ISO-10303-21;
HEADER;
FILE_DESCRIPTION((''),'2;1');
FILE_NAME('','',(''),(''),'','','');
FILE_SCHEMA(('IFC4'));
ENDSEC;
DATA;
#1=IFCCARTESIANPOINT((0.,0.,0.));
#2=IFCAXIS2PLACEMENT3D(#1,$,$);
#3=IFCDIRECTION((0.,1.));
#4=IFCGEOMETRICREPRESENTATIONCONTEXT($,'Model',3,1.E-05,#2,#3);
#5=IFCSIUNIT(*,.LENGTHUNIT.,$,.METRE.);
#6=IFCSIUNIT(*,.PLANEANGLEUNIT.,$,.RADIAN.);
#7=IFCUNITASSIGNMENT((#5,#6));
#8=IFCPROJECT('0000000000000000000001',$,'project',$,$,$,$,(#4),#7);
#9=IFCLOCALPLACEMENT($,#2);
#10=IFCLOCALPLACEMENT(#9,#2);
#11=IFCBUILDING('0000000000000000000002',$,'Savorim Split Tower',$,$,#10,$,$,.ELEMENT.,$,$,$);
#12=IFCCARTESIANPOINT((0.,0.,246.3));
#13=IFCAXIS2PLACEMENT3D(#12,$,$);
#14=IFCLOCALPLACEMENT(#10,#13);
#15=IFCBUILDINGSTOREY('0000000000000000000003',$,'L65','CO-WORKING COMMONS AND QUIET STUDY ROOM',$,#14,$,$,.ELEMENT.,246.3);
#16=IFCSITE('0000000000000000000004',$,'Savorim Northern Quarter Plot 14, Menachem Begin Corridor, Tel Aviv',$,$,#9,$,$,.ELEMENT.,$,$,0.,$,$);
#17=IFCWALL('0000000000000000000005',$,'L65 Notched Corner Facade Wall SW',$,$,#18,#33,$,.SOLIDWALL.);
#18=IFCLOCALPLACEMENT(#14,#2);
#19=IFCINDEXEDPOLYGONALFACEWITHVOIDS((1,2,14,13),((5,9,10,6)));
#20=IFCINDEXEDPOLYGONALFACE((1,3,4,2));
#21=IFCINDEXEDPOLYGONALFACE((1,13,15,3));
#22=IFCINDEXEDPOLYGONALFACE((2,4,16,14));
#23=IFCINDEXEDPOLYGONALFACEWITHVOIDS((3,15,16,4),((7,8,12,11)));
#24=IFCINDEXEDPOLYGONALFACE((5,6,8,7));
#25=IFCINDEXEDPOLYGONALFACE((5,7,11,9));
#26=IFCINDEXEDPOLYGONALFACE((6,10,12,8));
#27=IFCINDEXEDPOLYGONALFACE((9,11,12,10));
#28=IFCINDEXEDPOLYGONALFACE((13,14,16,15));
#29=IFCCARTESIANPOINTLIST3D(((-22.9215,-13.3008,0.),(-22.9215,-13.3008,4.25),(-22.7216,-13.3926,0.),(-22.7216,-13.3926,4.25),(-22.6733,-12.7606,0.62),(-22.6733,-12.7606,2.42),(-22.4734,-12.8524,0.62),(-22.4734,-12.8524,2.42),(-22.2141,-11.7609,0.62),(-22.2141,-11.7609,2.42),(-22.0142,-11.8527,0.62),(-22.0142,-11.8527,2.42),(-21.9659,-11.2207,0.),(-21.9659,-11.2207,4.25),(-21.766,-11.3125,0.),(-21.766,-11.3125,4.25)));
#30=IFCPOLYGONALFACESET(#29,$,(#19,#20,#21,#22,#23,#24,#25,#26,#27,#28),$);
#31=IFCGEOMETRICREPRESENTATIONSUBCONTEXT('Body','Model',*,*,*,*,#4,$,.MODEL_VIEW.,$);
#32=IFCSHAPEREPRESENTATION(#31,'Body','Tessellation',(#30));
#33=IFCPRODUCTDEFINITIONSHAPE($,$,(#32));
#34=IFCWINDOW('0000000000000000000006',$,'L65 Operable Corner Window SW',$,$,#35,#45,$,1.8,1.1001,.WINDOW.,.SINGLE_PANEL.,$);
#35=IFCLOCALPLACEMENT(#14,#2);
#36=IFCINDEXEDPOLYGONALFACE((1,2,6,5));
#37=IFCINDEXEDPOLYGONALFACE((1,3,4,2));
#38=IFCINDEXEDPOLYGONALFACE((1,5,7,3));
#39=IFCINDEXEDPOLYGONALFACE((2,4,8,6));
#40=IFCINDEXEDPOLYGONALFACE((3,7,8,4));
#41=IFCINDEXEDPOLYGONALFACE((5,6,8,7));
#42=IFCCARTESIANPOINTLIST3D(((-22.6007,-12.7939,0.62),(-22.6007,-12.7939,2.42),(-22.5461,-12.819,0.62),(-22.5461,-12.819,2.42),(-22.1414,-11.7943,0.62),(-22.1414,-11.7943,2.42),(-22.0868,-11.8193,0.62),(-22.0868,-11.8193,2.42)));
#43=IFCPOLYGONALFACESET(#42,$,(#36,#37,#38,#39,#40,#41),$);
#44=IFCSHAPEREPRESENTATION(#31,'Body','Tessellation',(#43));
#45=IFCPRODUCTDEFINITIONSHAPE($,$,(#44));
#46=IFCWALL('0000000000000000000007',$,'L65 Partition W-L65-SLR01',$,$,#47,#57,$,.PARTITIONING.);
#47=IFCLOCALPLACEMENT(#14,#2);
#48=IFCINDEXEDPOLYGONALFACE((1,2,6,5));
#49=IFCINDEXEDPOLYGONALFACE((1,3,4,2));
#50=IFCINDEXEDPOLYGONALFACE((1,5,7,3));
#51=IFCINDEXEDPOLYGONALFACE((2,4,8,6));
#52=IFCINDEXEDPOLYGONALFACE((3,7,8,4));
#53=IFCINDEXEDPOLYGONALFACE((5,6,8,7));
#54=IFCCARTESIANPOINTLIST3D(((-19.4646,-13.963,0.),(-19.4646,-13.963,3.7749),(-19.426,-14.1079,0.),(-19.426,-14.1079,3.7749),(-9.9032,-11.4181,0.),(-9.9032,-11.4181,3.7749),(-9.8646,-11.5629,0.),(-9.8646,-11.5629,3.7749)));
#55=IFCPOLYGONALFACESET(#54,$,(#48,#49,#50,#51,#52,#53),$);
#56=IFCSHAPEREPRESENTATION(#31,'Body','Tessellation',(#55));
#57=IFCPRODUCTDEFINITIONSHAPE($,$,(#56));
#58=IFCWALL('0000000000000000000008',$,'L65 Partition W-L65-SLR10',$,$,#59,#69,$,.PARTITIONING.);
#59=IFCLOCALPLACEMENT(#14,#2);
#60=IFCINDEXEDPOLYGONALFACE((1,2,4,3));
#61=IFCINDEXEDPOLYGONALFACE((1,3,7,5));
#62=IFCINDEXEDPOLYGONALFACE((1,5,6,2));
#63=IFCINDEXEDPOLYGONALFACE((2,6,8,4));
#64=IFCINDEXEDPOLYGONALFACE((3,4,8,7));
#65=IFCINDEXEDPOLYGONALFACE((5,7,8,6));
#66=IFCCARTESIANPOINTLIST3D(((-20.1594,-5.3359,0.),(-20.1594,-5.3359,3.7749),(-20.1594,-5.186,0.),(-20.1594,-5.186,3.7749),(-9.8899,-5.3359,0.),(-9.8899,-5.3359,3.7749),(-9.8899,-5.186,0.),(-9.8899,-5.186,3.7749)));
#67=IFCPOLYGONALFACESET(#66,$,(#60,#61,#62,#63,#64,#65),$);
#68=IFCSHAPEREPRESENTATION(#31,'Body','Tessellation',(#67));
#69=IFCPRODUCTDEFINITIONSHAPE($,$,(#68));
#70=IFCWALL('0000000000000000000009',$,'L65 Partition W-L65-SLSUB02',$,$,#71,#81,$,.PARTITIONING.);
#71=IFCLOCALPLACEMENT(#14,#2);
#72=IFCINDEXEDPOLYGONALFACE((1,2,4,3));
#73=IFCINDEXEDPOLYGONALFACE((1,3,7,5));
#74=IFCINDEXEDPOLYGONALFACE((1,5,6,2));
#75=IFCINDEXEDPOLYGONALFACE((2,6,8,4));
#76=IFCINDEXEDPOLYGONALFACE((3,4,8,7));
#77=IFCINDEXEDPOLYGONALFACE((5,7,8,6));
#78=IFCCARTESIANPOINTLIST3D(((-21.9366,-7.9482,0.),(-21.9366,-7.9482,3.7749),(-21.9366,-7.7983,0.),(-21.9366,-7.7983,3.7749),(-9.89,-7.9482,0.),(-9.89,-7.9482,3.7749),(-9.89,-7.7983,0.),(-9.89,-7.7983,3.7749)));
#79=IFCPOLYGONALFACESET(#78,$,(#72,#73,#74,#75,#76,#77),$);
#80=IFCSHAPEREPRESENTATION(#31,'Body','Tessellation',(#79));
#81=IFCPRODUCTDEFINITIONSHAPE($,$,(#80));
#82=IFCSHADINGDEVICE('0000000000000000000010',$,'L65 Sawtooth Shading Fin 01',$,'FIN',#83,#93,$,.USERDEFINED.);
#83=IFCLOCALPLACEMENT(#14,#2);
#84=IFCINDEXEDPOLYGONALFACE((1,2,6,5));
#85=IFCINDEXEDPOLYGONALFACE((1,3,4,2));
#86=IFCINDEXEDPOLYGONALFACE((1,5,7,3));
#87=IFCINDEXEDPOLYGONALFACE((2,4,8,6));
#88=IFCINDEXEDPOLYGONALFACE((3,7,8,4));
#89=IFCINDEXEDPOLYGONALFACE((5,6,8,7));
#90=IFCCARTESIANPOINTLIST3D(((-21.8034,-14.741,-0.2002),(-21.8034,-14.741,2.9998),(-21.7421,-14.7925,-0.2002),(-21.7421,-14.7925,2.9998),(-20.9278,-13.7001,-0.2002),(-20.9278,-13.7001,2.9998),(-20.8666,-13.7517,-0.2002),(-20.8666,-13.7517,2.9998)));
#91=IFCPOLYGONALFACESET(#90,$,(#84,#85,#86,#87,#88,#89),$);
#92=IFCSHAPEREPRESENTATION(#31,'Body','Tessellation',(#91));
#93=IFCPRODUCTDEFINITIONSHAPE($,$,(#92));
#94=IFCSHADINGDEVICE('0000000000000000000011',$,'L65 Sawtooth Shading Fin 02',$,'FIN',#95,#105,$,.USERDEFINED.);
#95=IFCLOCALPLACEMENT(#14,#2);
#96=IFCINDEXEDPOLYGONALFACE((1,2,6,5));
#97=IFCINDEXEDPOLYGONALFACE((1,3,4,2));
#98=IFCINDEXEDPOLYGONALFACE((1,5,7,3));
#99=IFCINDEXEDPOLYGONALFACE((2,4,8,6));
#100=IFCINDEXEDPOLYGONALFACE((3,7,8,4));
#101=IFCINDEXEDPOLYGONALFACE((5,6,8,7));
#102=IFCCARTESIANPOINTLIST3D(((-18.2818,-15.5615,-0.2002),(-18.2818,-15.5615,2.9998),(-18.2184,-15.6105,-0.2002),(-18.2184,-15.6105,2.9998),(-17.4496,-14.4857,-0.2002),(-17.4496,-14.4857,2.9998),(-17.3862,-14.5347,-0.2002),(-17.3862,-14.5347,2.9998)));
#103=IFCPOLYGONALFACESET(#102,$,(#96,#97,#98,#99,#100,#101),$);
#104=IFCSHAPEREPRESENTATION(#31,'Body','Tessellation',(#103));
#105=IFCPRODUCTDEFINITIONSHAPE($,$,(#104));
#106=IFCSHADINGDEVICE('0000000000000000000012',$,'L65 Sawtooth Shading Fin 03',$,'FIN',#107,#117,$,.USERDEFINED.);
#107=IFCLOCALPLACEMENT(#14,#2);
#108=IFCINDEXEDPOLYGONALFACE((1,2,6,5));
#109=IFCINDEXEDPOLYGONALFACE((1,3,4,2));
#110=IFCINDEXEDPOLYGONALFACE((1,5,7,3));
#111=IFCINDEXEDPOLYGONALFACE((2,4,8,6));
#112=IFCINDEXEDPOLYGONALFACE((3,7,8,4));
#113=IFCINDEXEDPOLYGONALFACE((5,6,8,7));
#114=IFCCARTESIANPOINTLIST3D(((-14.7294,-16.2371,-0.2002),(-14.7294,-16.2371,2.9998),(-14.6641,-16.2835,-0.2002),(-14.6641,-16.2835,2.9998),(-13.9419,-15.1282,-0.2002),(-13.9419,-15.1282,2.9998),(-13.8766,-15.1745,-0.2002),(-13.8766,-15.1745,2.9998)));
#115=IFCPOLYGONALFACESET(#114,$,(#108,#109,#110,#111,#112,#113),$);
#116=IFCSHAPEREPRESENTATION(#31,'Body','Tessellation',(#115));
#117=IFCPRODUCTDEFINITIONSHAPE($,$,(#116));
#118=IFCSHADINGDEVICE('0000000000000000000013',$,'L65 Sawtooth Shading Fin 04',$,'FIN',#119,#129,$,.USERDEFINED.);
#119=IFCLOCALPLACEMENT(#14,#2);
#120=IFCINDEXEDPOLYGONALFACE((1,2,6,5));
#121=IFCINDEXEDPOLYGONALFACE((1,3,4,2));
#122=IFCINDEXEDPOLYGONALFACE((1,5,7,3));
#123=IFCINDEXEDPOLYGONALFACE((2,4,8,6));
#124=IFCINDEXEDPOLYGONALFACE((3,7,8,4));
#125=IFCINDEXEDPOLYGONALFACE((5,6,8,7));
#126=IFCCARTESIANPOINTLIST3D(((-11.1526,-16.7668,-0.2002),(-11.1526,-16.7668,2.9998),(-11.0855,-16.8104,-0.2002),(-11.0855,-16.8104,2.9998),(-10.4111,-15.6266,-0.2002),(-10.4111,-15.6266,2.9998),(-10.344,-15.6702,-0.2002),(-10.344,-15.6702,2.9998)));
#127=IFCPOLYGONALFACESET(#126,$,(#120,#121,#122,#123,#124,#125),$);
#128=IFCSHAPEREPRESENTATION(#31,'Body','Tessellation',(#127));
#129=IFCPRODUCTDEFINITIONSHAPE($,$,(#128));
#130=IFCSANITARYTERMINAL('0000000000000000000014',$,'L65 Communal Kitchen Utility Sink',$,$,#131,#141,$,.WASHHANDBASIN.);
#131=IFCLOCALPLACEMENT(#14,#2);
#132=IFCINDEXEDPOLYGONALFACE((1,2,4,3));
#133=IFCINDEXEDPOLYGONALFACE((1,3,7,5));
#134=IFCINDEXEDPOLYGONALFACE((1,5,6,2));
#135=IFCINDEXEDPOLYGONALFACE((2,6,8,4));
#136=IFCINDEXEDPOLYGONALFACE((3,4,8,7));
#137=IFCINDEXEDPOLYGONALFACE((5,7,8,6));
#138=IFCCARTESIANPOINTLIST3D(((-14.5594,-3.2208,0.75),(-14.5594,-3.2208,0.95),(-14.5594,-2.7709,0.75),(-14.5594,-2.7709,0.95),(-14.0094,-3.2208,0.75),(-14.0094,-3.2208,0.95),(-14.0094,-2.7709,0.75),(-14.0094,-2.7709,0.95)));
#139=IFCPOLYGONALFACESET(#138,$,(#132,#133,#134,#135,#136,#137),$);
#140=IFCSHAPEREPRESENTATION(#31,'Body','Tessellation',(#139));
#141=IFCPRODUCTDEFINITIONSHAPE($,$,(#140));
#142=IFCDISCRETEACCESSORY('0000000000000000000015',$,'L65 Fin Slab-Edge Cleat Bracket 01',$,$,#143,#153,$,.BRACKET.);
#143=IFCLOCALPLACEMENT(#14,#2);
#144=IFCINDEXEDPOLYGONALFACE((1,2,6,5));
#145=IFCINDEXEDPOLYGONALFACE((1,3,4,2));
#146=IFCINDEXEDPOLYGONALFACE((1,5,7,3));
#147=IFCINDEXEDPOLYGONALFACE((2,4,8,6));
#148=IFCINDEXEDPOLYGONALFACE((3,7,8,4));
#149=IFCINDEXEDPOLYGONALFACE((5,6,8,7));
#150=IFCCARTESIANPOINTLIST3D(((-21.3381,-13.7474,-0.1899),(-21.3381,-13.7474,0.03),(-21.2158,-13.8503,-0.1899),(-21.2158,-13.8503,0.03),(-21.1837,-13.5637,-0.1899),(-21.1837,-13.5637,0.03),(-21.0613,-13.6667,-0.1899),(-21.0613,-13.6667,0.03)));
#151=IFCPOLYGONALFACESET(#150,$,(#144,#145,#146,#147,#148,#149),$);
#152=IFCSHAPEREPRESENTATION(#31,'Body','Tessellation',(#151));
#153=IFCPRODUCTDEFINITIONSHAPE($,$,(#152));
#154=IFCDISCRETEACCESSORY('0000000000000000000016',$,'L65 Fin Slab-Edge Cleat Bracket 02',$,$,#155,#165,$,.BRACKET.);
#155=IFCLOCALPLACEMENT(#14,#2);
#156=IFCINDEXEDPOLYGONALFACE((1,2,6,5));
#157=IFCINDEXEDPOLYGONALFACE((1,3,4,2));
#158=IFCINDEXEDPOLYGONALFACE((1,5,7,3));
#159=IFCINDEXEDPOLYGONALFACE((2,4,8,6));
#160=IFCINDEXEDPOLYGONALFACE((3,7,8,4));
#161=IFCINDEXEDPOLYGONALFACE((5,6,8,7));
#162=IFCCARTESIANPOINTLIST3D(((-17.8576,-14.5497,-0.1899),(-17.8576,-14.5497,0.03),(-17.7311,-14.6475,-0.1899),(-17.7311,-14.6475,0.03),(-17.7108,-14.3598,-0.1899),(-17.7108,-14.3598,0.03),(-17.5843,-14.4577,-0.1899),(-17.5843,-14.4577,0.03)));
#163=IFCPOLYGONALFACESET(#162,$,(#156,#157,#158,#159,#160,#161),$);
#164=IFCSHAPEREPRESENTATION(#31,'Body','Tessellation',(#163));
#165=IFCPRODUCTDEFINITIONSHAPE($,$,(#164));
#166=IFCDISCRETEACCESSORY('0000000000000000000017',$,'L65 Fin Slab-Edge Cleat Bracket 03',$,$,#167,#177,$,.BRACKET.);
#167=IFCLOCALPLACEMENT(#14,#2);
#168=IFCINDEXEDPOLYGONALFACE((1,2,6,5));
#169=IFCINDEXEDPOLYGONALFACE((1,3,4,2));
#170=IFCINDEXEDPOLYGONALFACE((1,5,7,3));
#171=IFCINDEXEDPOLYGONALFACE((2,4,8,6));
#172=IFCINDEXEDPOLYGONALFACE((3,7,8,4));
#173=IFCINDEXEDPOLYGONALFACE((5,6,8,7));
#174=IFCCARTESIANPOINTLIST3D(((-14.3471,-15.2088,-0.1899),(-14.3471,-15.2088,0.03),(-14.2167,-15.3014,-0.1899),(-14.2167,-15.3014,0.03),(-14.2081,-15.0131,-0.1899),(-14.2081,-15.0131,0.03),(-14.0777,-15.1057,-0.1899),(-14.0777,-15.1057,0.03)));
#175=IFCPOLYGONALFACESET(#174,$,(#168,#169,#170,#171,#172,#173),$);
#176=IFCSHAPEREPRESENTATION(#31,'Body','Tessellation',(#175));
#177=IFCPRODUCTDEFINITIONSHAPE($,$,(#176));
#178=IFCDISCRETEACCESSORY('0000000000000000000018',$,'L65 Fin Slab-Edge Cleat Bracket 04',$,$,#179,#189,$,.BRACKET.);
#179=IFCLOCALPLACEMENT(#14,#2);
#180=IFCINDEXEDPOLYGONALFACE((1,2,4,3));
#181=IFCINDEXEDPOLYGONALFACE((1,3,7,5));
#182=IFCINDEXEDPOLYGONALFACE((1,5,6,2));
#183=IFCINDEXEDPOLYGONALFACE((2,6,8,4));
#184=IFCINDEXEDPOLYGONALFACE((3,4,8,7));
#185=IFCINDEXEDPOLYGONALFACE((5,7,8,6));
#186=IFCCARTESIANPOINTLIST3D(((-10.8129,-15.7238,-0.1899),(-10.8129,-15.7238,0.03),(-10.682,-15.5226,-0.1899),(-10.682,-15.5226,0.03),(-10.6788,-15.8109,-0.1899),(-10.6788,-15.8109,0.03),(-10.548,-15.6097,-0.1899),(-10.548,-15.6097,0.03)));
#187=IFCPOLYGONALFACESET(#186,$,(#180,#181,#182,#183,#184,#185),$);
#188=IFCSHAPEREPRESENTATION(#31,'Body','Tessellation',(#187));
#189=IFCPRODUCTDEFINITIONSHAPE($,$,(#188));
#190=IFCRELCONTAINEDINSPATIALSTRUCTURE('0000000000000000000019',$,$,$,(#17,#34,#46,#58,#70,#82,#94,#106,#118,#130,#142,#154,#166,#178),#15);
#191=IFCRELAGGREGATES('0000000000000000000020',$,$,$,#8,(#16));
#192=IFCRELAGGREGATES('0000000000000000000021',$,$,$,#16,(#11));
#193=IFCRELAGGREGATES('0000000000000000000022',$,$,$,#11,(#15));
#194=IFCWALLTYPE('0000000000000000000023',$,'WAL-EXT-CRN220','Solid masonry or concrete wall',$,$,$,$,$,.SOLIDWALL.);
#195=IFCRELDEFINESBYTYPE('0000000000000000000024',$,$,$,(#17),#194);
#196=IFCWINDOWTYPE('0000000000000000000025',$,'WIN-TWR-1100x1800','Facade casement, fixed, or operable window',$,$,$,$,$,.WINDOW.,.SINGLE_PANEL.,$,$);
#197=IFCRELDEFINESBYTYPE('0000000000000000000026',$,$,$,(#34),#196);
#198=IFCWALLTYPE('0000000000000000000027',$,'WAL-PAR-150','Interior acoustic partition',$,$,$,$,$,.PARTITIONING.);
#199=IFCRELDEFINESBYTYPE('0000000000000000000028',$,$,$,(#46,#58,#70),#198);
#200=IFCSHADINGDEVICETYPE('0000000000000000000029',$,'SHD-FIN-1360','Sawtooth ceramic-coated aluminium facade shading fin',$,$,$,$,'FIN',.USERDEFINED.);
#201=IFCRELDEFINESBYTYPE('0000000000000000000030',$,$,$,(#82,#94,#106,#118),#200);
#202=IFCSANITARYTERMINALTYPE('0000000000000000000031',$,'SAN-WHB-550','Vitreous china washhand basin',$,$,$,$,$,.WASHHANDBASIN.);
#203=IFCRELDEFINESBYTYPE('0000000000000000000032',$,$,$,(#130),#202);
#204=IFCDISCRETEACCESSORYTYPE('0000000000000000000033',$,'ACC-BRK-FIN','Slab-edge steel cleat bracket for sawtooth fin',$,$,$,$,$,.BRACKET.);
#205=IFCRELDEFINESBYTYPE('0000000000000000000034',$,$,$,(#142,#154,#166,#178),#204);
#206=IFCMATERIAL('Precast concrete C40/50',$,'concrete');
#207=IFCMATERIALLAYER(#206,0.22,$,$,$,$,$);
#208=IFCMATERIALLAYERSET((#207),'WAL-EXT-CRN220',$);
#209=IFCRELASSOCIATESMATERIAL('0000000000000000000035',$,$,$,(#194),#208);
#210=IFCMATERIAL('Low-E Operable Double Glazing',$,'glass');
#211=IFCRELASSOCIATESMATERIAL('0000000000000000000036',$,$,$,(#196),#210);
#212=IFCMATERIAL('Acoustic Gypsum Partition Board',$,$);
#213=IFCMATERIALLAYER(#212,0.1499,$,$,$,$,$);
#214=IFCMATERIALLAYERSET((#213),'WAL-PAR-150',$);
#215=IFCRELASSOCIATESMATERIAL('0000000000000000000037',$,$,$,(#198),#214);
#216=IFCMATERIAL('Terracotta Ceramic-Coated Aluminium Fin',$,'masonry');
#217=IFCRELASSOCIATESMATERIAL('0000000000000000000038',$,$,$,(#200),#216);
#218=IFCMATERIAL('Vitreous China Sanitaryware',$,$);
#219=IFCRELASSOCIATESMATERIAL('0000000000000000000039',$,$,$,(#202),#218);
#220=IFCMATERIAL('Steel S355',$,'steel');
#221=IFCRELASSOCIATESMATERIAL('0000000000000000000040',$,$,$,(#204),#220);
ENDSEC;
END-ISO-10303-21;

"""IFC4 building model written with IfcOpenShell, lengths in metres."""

from ifc_helpers import new_model, si_unit, direction, frame, frame_2d, origin, origin_2d, place, context, subcontext, project, spatial, rectangle, extrude, material, layer, layer_set, type_object, element, fill, save


model = new_model("IFC4")

# Units and contexts
model_context = context("Model", 3, precision=1e-05, world=origin(), true_north=direction((0.0, 1.0)))
body_context = subcontext(model_context, "Body", "Model", "MODEL_VIEW")
ifc_project = project(units=[si_unit("LENGTHUNIT", "METRE"), si_unit("PLANEANGLEUNIT", "RADIAN")], contexts=[model_context])

# Site, building, storey
site_placement = place(None, origin())
site = spatial("IfcSite", under=ifc_project, at=site_placement, Name="Savorim Northern Quarter Plot 14, Menachem Begin Corridor, Tel Aviv", CompositionType="ELEMENT", RefElevation=0.0)
building_placement = place(site_placement, origin())
building = spatial("IfcBuilding", under=site, at=building_placement, Name="Savorim Split Tower", CompositionType="ELEMENT")
storey_placement = place(building_placement, frame((0.0, 0.0, 246.3)))
storey = spatial("IfcBuildingStorey", under=building, at=storey_placement, Name="L65", Description="CO-WORKING COMMONS AND QUIET STUDY ROOM", CompositionType="ELEMENT", Elevation=246.3)

# Shared definitions
ifc_material_1 = material(Name="Steel S355", Category="steel")

# Shared definitions
ifc_material_2 = material(Name="Precast concrete C40/50", Category="concrete")
ifc_layer_1 = layer(ifc_material_2, 0.22)
ifc_layer_set_1 = layer_set([ifc_layer_1], Name="WAL-EXT-CRN220")
wall_type_1 = type_object("IfcWallType", Name="WAL-EXT-CRN220", Description="Solid masonry or concrete wall", PredefinedType="SOLIDWALL", material=ifc_layer_set_1)

# Wall, opening, window
wall_1_placement = place(storey_placement, frame((-22.8215, -13.3467, 0.0), z_axis=(0.0, 0.0, 1.0), x_axis=(0.417448, 0.908701, 0.0)))
wall_1 = element("IfcWall", 1, at=wall_1_placement, inside=storey, type_object=wall_type_1, Name="L65 Notched Corner Facade Wall SW", PredefinedType="SOLIDWALL", context=body_context, shape_type="SweptSolid", body=[
    extrude(rectangle(XDim=2.2891, YDim=0.22, at=frame_2d((1.1445, 0.0))), origin(), (0.0, 0.0, 1.0), 4.25),
])
opening_placement = place(wall_1_placement, frame((0.5945, 0.0, 0.6201)))
opening = element("IfcOpeningElement", 2, at=opening_placement, cuts=wall_1, PredefinedType="OPENING", context=body_context, shape_type="SweptSolid", body=[
    extrude(rectangle(XDim=1.1001, YDim=1.8, at=frame_2d((0.55, 0.8999))), frame((0.0, 0.1199, 0.0), z_axis=(0.0, -1.0, 0.0), x_axis=(1.0, 0.0, 0.0)), (0.0, 0.0, 1.0), 0.24),
])
ifc_material_3 = material(Name="Low-E Operable Double Glazing", Category="glass")
window_type = type_object("IfcWindowType", Name="WIN-TWR-1100x1800", Description="Facade casement, fixed, or operable window", PartitioningType="SINGLE_PANEL", PredefinedType="WINDOW", material=ifc_material_3)
window_placement = place(opening_placement, origin())
window = element("IfcWindow", 3, at=window_placement, inside=storey, type_object=window_type, Name="L65 Operable Corner Window SW", OverallHeight=1.8, OverallWidth=1.1001, PartitioningType="SINGLE_PANEL", PredefinedType="WINDOW", context=body_context, shape_type="SweptSolid", body=[
    extrude(rectangle(XDim=1.1001, YDim=1.8, at=frame_2d((0.55, 0.8999))), frame((0.0, 0.03, 0.0), z_axis=(0.0, -1.0, 0.0), x_axis=(1.0, 0.0, 0.0)), (0.0, 0.0, 1.0), 0.0601),
])
fill(opening, window)

# Walls
ifc_material_4 = material(Name="Acoustic Gypsum Partition Board")
ifc_layer_2 = layer(ifc_material_4, 0.1499)
ifc_layer_set_2 = layer_set([ifc_layer_2], Name="WAL-PAR-150")
wall_type_2 = type_object("IfcWallType", Name="WAL-PAR-150", Description="Interior acoustic partition", PredefinedType="PARTITIONING", material=ifc_layer_set_2)
wall_2_placement = place(storey_placement, frame((-9.8838, -11.4905, 0.0), z_axis=(0.0, 0.0, 1.0), x_axis=(-0.966354, -0.257214, 0.0)))
element("IfcWall", 4, at=wall_2_placement, inside=storey, type_object=wall_type_2, Name="L65 Partition W-L65-SLR01", PredefinedType="PARTITIONING", context=body_context, shape_type="SweptSolid", body=[
    extrude(rectangle(XDim=9.8943, YDim=0.1499, at=frame_2d((4.9473, 0.0))), origin(), (0.0, 0.0, 1.0), 3.7749),
])
wall_3_placement = place(storey_placement, frame((-9.8899, -5.261, 0.0), z_axis=(0.0, 0.0, 1.0), x_axis=(-1.0, 0.0, 0.0)))
element("IfcWall", 5, at=wall_3_placement, inside=storey, type_object=wall_type_2, Name="L65 Partition W-L65-SLR10", PredefinedType="PARTITIONING", context=body_context, shape_type="SweptSolid", body=[
    extrude(rectangle(XDim=10.2695, YDim=0.1499, at=frame_2d((5.1348, 0.0))), origin(), (0.0, 0.0, 1.0), 3.7749),
])
wall_4_placement = place(storey_placement, frame((-9.8899, -7.8733, 0.0), z_axis=(0.0, 0.0, 1.0), x_axis=(-1.0, 0.0, 0.0)))
element("IfcWall", 6, at=wall_4_placement, inside=storey, type_object=wall_type_2, Name="L65 Partition W-L65-SLSUB02", PredefinedType="PARTITIONING", context=body_context, shape_type="SweptSolid", body=[
    extrude(rectangle(XDim=12.0466, YDim=0.1499, at=frame_2d((6.0234, 0.0))), origin(), (0.0, 0.0, 1.0), 3.7749),
])

# Shading devices
ifc_material_5 = material(Name="Terracotta Ceramic-Coated Aluminium Fin", Category="masonry")
shading_device_type = type_object("IfcShadingDeviceType", Name="SHD-FIN-1360", Description="Sawtooth ceramic-coated aluminium facade shading fin", ElementType="FIN", PredefinedType="USERDEFINED", material=ifc_material_5)
for number, where, z_axis, x_axis, name in (
    (7, (-21.335, -14.2463, -0.2002), (0.0, 0.0, 1.0), (-0.643719, -0.765262, 0.0), "L65 Sawtooth Shading Fin 01"),
    (8, (-17.834, -15.0481, -0.2002), (0.0, 0.0, 1.0), (-0.611868, -0.79096, 0.0), "L65 Sawtooth Shading Fin 02"),
    (9, (-14.303, -15.7058, -0.2002), (0.0, 0.0, 1.0), (-0.578994, -0.815332, 0.0), "L65 Sawtooth Shading Fin 03"),
    (10, (-10.7483, -16.2185, -0.2002), (0.0, 0.0, 1.0), (-0.545148, -0.83834, 0.0), "L65 Sawtooth Shading Fin 04"),
):
    element("IfcShadingDevice", number, at=place(storey_placement, frame(where, z_axis=z_axis, x_axis=x_axis)), inside=storey, type_object=shading_device_type, Name=name, ObjectType="FIN", PredefinedType="USERDEFINED", context=body_context, shape_type="SweptSolid", body=[
        extrude(rectangle(XDim=1.3601, YDim=0.0801, at=origin_2d()), origin(), (0.0, 0.0, 1.0), 3.2),
    ])

# Sanitary terminal
ifc_material_6 = material(Name="Vitreous China Sanitaryware")
sanitary_terminal_type = type_object("IfcSanitaryTerminalType", Name="SAN-WHB-550", Description="Vitreous china washhand basin", PredefinedType="WASHHANDBASIN", material=ifc_material_6)
sanitary_terminal_placement = place(storey_placement, frame((-14.2844, -2.9958, 0.75), z_axis=(0.0, 0.0, 1.0), x_axis=(1.0, 0.0, 0.0)))
element("IfcSanitaryTerminal", 11, at=sanitary_terminal_placement, inside=storey, type_object=sanitary_terminal_type, Name="L65 Communal Kitchen Utility Sink", PredefinedType="WASHHANDBASIN", context=body_context, shape_type="SweptSolid", body=[
    extrude(rectangle(XDim=0.55, YDim=0.45, at=origin_2d()), origin(), (0.0, 0.0, 1.0), 0.2),
])

# Discrete accessories
discrete_accessory_type = type_object("IfcDiscreteAccessoryType", Name="ACC-BRK-FIN", Description="Slab-edge steel cleat bracket for sawtooth fin", PredefinedType="BRACKET", material=ifc_material_1)
for number, where, z_axis, x_axis, name in (
    (12, (-21.1997, -13.707, -0.1899), (0.0, 0.0, 1.0), (-0.643719, -0.765262, 0.0), "L65 Fin Slab-Edge Cleat Bracket 01"),
    (13, (-17.7209, -14.5037, -0.1899), (0.0, 0.0, 1.0), (-0.611868, -0.79096, 0.0), "L65 Fin Slab-Edge Cleat Bracket 02"),
    (14, (-14.2124, -15.1572, -0.1899), (0.0, 0.0, 1.0), (-0.578994, -0.815332, 0.0), "L65 Fin Slab-Edge Cleat Bracket 03"),
    (15, (-10.6804, -15.6667, -0.1899), (0.0, 0.0, 1.0), (-0.545148, -0.83834, 0.0), "L65 Fin Slab-Edge Cleat Bracket 04"),
):
    element("IfcDiscreteAccessory", number, at=place(storey_placement, frame(where, z_axis=z_axis, x_axis=x_axis)), inside=storey, type_object=discrete_accessory_type, Name=name, PredefinedType="BRACKET", context=body_context, shape_type="SweptSolid", body=[
        extrude(rectangle(XDim=0.24, YDim=0.1599, at=origin_2d()), origin(), (0.0, 0.0, 1.0), 0.22),
    ])

save(model, "model.ifc")
